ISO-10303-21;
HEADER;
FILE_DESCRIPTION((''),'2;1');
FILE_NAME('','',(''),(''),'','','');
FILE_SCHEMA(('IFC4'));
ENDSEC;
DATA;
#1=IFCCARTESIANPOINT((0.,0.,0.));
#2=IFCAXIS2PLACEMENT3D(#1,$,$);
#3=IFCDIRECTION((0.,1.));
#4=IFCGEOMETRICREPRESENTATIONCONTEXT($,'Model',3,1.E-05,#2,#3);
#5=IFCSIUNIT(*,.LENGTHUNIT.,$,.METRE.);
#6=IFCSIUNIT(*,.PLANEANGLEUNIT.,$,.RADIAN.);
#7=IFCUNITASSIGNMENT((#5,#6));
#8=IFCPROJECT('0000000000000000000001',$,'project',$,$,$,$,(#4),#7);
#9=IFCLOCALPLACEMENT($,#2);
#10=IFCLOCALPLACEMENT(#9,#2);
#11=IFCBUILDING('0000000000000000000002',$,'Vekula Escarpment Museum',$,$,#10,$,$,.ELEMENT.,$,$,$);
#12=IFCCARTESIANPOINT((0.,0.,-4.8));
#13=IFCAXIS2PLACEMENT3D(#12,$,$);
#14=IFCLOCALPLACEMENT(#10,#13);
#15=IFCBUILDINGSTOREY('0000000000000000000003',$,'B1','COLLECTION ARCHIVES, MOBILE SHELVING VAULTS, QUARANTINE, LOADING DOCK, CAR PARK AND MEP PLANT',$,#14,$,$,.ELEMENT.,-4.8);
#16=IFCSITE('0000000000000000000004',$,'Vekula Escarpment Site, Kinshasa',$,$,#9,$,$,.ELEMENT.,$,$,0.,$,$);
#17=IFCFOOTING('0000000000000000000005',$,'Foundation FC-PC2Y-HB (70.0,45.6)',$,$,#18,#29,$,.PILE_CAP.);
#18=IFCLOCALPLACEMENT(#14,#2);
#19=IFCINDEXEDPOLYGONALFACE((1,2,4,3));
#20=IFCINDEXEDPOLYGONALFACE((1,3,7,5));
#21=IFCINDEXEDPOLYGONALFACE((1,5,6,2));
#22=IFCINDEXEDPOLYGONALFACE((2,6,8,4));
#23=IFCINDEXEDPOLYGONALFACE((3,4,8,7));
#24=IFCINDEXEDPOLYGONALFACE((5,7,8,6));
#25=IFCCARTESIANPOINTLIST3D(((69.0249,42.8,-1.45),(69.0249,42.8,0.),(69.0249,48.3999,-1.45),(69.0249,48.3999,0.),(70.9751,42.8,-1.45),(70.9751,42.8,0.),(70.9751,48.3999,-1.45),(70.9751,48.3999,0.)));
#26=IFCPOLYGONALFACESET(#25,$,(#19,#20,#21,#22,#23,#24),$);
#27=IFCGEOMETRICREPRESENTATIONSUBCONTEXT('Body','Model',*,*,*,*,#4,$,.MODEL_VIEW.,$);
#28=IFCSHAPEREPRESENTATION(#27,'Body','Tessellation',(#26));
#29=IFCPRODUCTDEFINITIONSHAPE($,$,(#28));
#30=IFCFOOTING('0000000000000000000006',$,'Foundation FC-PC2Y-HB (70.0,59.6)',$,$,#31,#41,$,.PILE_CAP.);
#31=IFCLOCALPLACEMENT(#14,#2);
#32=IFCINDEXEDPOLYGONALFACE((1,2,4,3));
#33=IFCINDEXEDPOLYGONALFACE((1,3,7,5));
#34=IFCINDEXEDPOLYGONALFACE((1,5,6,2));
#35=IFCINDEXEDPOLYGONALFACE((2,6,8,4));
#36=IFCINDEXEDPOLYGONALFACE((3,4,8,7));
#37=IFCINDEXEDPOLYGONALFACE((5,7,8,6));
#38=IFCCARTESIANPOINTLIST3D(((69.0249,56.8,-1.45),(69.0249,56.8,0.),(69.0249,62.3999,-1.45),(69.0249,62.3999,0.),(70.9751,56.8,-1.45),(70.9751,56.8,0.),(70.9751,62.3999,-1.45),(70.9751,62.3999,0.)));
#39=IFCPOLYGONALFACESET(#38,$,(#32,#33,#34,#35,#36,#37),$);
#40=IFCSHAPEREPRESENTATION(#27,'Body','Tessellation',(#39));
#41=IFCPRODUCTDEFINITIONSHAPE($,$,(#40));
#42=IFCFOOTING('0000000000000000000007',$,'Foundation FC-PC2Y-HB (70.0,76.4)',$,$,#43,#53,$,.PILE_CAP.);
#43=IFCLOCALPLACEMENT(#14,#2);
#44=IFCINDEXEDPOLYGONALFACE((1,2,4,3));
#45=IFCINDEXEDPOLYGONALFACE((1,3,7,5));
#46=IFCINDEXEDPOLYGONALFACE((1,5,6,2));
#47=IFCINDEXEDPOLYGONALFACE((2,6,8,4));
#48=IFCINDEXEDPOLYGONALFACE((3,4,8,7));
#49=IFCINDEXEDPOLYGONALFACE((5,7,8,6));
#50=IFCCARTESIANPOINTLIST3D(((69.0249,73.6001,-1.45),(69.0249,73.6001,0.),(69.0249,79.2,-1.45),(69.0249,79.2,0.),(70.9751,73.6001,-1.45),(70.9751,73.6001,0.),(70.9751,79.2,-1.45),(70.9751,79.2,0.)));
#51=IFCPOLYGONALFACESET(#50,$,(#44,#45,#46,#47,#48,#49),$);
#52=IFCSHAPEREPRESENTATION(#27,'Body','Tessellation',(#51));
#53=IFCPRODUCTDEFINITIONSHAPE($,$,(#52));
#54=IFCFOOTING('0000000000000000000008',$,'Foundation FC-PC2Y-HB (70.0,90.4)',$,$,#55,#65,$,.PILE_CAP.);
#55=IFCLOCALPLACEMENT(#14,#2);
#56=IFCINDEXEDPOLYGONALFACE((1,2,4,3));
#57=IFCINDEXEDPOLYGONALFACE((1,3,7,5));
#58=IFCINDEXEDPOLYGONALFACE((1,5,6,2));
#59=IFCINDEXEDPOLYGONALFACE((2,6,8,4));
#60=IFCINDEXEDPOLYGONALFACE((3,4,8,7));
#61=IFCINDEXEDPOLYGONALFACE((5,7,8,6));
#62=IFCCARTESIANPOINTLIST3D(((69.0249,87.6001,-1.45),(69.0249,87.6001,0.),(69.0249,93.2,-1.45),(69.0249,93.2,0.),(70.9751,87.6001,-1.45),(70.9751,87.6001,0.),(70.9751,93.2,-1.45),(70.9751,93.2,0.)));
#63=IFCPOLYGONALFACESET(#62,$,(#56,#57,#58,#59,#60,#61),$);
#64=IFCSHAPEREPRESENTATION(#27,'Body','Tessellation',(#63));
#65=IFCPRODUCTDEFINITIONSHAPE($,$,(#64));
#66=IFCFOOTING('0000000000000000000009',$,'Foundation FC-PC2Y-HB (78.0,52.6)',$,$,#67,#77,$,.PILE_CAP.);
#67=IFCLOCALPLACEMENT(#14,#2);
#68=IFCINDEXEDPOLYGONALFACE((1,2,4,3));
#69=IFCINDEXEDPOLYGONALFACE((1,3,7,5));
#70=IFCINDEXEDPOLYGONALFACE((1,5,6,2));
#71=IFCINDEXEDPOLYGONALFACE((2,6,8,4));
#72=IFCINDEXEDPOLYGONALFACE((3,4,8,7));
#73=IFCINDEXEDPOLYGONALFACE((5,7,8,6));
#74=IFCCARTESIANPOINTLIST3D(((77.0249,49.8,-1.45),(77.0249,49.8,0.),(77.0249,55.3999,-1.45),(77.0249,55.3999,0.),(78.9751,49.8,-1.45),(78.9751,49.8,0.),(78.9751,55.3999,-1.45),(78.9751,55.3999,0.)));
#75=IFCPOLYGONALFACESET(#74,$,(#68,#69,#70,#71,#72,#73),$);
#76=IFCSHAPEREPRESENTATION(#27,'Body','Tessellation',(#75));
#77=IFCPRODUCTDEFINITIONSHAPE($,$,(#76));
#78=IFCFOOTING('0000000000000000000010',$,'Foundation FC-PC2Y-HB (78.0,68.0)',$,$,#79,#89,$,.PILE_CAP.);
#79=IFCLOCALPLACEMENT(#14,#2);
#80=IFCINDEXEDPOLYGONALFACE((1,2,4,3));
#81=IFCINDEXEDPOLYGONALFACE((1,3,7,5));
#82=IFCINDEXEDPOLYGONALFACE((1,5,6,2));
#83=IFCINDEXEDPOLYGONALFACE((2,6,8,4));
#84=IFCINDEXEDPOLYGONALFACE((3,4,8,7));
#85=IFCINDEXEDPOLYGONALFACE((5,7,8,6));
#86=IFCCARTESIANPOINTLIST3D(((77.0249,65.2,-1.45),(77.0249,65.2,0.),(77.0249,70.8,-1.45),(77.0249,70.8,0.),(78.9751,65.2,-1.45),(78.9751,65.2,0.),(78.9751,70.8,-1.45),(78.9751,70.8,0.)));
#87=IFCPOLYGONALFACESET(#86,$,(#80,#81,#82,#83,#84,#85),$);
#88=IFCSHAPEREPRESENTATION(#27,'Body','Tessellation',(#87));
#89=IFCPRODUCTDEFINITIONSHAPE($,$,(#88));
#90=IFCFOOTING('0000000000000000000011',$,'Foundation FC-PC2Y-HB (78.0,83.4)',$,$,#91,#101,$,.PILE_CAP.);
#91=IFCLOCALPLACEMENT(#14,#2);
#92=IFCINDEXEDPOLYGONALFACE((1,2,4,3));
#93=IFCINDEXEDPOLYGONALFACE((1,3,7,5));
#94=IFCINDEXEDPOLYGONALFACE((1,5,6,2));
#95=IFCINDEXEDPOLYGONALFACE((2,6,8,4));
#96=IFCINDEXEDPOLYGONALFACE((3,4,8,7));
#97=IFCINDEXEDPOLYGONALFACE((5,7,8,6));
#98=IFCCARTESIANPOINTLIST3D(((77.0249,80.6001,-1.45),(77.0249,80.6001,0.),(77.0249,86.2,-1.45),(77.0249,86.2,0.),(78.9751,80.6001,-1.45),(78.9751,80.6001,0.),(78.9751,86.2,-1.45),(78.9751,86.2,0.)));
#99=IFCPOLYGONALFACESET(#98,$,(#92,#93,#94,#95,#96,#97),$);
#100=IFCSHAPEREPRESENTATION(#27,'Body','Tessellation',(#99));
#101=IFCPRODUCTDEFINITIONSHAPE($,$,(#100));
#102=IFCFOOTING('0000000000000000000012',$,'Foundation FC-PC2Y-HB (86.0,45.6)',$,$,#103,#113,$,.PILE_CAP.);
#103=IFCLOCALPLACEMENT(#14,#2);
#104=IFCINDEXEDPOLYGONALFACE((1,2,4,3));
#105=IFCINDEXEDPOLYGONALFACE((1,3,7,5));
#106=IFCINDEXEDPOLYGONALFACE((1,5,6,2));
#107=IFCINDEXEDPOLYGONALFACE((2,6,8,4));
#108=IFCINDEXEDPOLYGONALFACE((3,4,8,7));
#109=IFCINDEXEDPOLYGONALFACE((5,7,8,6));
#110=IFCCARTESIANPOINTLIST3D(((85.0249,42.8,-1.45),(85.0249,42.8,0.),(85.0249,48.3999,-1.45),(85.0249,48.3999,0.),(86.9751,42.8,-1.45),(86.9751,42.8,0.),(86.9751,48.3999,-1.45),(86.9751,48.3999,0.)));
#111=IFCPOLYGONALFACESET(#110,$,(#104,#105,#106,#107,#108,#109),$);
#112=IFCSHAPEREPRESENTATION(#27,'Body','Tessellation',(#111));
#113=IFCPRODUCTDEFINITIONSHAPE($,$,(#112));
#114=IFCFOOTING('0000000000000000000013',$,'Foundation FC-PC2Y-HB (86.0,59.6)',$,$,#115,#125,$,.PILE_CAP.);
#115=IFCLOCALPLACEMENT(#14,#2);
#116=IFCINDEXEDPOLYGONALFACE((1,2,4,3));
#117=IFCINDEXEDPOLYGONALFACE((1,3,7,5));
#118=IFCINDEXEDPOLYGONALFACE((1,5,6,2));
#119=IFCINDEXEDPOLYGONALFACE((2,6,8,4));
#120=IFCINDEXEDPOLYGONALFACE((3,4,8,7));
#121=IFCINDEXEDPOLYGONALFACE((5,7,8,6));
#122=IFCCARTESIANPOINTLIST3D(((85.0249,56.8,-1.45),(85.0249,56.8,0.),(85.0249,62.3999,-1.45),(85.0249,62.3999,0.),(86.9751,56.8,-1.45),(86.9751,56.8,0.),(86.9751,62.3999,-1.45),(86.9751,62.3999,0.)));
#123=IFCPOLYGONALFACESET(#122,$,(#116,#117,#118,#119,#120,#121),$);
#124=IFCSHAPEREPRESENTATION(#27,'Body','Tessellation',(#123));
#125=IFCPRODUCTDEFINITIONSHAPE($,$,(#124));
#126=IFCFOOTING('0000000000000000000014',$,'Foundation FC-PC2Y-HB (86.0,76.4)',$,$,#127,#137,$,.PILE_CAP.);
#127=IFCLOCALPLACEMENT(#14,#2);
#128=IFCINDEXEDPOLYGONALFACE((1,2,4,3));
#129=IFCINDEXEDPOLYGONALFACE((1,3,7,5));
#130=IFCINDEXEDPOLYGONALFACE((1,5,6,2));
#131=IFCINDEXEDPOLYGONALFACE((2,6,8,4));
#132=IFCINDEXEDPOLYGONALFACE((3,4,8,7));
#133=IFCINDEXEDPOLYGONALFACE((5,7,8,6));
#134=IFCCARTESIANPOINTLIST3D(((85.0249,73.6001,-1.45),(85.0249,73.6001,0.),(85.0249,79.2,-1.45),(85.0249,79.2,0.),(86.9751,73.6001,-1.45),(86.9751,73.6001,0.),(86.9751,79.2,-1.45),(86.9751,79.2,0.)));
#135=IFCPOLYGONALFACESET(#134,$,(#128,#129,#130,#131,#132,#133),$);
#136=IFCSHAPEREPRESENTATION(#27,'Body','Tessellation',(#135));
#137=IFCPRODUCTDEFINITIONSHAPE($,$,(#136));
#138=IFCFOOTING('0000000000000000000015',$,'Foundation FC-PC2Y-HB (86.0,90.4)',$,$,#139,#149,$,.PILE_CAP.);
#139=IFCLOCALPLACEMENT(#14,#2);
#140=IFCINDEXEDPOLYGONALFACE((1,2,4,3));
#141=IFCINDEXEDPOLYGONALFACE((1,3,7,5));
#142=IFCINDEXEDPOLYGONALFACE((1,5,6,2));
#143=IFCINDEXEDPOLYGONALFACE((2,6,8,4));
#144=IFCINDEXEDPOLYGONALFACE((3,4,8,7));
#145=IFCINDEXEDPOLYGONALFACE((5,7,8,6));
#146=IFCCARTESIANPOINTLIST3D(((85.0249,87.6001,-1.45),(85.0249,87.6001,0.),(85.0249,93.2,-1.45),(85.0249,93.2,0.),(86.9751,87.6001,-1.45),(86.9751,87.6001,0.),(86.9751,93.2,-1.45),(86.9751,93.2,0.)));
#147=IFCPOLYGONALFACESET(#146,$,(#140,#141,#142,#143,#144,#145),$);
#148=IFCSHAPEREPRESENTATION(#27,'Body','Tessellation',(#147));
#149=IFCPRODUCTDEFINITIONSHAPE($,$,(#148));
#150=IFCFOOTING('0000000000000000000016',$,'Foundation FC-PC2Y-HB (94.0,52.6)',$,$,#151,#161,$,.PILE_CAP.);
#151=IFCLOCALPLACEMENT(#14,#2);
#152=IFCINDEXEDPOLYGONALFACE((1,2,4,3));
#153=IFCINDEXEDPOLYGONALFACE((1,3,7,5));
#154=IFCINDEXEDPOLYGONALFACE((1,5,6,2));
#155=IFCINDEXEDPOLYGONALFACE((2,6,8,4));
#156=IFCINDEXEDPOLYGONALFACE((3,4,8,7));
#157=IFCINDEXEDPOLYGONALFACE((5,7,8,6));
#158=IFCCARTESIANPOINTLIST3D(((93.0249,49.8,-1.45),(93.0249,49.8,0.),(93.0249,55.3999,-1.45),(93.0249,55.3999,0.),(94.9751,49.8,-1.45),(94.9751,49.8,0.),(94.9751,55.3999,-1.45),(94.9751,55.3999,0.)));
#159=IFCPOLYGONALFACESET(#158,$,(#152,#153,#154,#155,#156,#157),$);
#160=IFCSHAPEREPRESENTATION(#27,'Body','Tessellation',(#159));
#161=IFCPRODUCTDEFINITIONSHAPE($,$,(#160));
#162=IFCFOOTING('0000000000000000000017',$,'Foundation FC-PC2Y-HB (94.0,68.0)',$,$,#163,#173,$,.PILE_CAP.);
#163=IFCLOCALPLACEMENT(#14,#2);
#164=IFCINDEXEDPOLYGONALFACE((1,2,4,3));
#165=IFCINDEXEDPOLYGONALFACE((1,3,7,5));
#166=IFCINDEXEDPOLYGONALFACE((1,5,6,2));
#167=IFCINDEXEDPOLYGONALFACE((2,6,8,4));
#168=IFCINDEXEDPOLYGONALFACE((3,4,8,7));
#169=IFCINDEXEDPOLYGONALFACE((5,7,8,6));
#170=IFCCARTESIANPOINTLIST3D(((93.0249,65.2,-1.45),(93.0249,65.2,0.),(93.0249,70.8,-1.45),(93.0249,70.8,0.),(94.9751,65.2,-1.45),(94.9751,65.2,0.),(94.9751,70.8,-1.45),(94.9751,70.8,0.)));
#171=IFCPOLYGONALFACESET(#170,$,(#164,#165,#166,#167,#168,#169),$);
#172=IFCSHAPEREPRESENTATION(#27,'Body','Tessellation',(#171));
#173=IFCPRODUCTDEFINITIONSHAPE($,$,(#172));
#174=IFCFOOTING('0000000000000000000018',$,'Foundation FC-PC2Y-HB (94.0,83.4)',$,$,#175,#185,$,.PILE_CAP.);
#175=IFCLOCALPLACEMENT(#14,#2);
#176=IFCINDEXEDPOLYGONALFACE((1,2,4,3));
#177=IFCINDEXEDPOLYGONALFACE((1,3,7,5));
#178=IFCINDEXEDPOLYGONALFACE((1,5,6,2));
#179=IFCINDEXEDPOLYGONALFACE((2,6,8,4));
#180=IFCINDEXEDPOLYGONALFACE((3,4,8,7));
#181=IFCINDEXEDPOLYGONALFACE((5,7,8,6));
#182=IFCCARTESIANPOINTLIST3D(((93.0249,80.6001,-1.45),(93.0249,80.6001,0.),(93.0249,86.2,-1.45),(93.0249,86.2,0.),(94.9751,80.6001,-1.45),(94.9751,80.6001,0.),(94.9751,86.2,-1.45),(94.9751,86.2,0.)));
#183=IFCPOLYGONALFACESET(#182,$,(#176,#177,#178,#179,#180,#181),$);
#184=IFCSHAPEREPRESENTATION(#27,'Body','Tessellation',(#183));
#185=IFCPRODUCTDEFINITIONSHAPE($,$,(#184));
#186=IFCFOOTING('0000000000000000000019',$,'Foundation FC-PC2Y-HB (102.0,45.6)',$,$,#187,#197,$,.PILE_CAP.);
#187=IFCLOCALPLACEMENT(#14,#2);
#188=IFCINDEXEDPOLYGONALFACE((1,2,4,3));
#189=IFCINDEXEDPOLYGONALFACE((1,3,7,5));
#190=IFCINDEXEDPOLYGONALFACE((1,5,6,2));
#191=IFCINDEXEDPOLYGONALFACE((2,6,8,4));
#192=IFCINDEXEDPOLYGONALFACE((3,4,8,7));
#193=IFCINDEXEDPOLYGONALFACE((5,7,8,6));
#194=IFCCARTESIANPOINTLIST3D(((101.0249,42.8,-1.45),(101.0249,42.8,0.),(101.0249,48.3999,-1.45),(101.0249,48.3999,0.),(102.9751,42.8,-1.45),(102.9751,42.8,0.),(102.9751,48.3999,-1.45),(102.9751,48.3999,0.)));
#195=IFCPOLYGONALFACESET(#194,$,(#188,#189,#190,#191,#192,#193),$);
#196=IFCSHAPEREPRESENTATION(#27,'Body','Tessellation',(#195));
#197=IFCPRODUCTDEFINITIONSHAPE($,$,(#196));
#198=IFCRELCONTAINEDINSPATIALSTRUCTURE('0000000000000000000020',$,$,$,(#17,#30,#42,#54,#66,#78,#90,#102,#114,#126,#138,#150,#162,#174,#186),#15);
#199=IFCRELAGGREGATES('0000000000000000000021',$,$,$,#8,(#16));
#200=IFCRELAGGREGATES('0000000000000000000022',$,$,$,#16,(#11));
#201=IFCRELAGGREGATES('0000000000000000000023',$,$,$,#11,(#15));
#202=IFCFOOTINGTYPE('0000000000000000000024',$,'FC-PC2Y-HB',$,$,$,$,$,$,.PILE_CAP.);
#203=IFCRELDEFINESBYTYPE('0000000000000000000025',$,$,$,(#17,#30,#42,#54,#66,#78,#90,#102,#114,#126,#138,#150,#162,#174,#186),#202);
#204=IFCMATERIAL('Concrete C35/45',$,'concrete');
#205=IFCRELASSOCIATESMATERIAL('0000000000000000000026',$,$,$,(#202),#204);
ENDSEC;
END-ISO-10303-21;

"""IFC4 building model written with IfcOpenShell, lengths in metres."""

from ifc_helpers import new_model, si_unit, direction, frame, origin, place, context, subcontext, project, spatial, polyline, outline, extrude, material, type_object, element, save


model = new_model("IFC4")

# Units and contexts
model_context = context("Model", 3, precision=1e-05, world=origin(), true_north=direction((0.0, 1.0)))
body_context = subcontext(model_context, "Body", "Model", "MODEL_VIEW")
ifc_project = project(units=[si_unit("LENGTHUNIT", "METRE"), si_unit("PLANEANGLEUNIT", "RADIAN")], contexts=[model_context])

# Site, building, storey
site_placement = place(None, origin())
site = spatial("IfcSite", under=ifc_project, at=site_placement, Name="Vekula Escarpment Site, Kinshasa", CompositionType="ELEMENT", RefElevation=0.0)
building_placement = place(site_placement, origin())
building = spatial("IfcBuilding", under=site, at=building_placement, Name="Vekula Escarpment Museum", CompositionType="ELEMENT")
storey_placement = place(building_placement, frame((0.0, 0.0, -4.8)))
storey = spatial("IfcBuildingStorey", under=building, at=storey_placement, Name="B1", Description="COLLECTION ARCHIVES, MOBILE SHELVING VAULTS, QUARANTINE, LOADING DOCK, CAR PARK AND MEP PLANT", CompositionType="ELEMENT", Elevation=-4.8)

# Footings
ifc_material = material(Name="Concrete C35/45", Category="concrete")
footing_type = type_object("IfcFootingType", Name="FC-PC2Y-HB", PredefinedType="PILE_CAP", material=ifc_material)
footing_1_placement = place(storey_placement, frame((0.0, 0.0, -1.45)))
element("IfcFooting", 1, at=footing_1_placement, inside=storey, type_object=footing_type, Name="Foundation FC-PC2Y-HB (70.0,45.6)", PredefinedType="PILE_CAP", context=body_context, shape_type="SweptSolid", body=[
    extrude(outline(polyline([(69.0249, 42.8), (70.9751, 42.8), (70.9751, 48.3999), (69.0249, 48.3999), (69.0249, 42.8)])), origin(), (0.0, 0.0, 1.0), 1.45),
])
footing_2_placement = place(storey_placement, frame((0.0, 0.0, -1.45)))
element("IfcFooting", 2, at=footing_2_placement, inside=storey, type_object=footing_type, Name="Foundation FC-PC2Y-HB (70.0,59.6)", PredefinedType="PILE_CAP", context=body_context, shape_type="SweptSolid", body=[
    extrude(outline(polyline([(69.0249, 56.8), (70.9751, 56.8), (70.9751, 62.3999), (69.0249, 62.3999), (69.0249, 56.8)])), origin(), (0.0, 0.0, 1.0), 1.45),
])
footing_3_placement = place(storey_placement, frame((0.0, 0.0, -1.45)))
element("IfcFooting", 3, at=footing_3_placement, inside=storey, type_object=footing_type, Name="Foundation FC-PC2Y-HB (70.0,76.4)", PredefinedType="PILE_CAP", context=body_context, shape_type="SweptSolid", body=[
    extrude(outline(polyline([(69.0249, 73.6001), (70.9751, 73.6001), (70.9751, 79.2), (69.0249, 79.2), (69.0249, 73.6001)])), origin(), (0.0, 0.0, 1.0), 1.45),
])
footing_4_placement = place(storey_placement, frame((0.0, 0.0, -1.45)))
element("IfcFooting", 4, at=footing_4_placement, inside=storey, type_object=footing_type, Name="Foundation FC-PC2Y-HB (70.0,90.4)", PredefinedType="PILE_CAP", context=body_context, shape_type="SweptSolid", body=[
    extrude(outline(polyline([(69.0249, 87.6001), (70.9751, 87.6001), (70.9751, 93.2), (69.0249, 93.2), (69.0249, 87.6001)])), origin(), (0.0, 0.0, 1.0), 1.45),
])
footing_5_placement = place(storey_placement, frame((0.0, 0.0, -1.45)))
element("IfcFooting", 5, at=footing_5_placement, inside=storey, type_object=footing_type, Name="Foundation FC-PC2Y-HB (78.0,52.6)", PredefinedType="PILE_CAP", context=body_context, shape_type="SweptSolid", body=[
    extrude(outline(polyline([(77.0249, 49.8), (78.9751, 49.8), (78.9751, 55.3999), (77.0249, 55.3999), (77.0249, 49.8)])), origin(), (0.0, 0.0, 1.0), 1.45),
])
footing_6_placement = place(storey_placement, frame((0.0, 0.0, -1.45)))
element("IfcFooting", 6, at=footing_6_placement, inside=storey, type_object=footing_type, Name="Foundation FC-PC2Y-HB (78.0,68.0)", PredefinedType="PILE_CAP", context=body_context, shape_type="SweptSolid", body=[
    extrude(outline(polyline([(77.0249, 65.2), (78.9751, 65.2), (78.9751, 70.8), (77.0249, 70.8), (77.0249, 65.2)])), origin(), (0.0, 0.0, 1.0), 1.45),
])
footing_7_placement = place(storey_placement, frame((0.0, 0.0, -1.45)))
element("IfcFooting", 7, at=footing_7_placement, inside=storey, type_object=footing_type, Name="Foundation FC-PC2Y-HB (78.0,83.4)", PredefinedType="PILE_CAP", context=body_context, shape_type="SweptSolid", body=[
    extrude(outline(polyline([(77.0249, 80.6001), (78.9751, 80.6001), (78.9751, 86.2), (77.0249, 86.2), (77.0249, 80.6001)])), origin(), (0.0, 0.0, 1.0), 1.45),
])
footing_8_placement = place(storey_placement, frame((0.0, 0.0, -1.45)))
element("IfcFooting", 8, at=footing_8_placement, inside=storey, type_object=footing_type, Name="Foundation FC-PC2Y-HB (86.0,45.6)", PredefinedType="PILE_CAP", context=body_context, shape_type="SweptSolid", body=[
    extrude(outline(polyline([(85.0249, 42.8), (86.9751, 42.8), (86.9751, 48.3999), (85.0249, 48.3999), (85.0249, 42.8)])), origin(), (0.0, 0.0, 1.0), 1.45),
])
footing_9_placement = place(storey_placement, frame((0.0, 0.0, -1.45)))
element("IfcFooting", 9, at=footing_9_placement, inside=storey, type_object=footing_type, Name="Foundation FC-PC2Y-HB (86.0,59.6)", PredefinedType="PILE_CAP", context=body_context, shape_type="SweptSolid", body=[
    extrude(outline(polyline([(85.0249, 56.8), (86.9751, 56.8), (86.9751, 62.3999), (85.0249, 62.3999), (85.0249, 56.8)])), origin(), (0.0, 0.0, 1.0), 1.45),
])
footing_10_placement = place(storey_placement, frame((0.0, 0.0, -1.45)))
element("IfcFooting", 10, at=footing_10_placement, inside=storey, type_object=footing_type, Name="Foundation FC-PC2Y-HB (86.0,76.4)", PredefinedType="PILE_CAP", context=body_context, shape_type="SweptSolid", body=[
    extrude(outline(polyline([(85.0249, 73.6001), (86.9751, 73.6001), (86.9751, 79.2), (85.0249, 79.2), (85.0249, 73.6001)])), origin(), (0.0, 0.0, 1.0), 1.45),
])
footing_11_placement = place(storey_placement, frame((0.0, 0.0, -1.45)))
element("IfcFooting", 11, at=footing_11_placement, inside=storey, type_object=footing_type, Name="Foundation FC-PC2Y-HB (86.0,90.4)", PredefinedType="PILE_CAP", context=body_context, shape_type="SweptSolid", body=[
    extrude(outline(polyline([(85.0249, 87.6001), (86.9751, 87.6001), (86.9751, 93.2), (85.0249, 93.2), (85.0249, 87.6001)])), origin(), (0.0, 0.0, 1.0), 1.45),
])
footing_12_placement = place(storey_placement, frame((0.0, 0.0, -1.45)))
element("IfcFooting", 12, at=footing_12_placement, inside=storey, type_object=footing_type, Name="Foundation FC-PC2Y-HB (94.0,52.6)", PredefinedType="PILE_CAP", context=body_context, shape_type="SweptSolid", body=[
    extrude(outline(polyline([(93.0249, 49.8), (94.9751, 49.8), (94.9751, 55.3999), (93.0249, 55.3999), (93.0249, 49.8)])), origin(), (0.0, 0.0, 1.0), 1.45),
])
footing_13_placement = place(storey_placement, frame((0.0, 0.0, -1.45)))
element("IfcFooting", 13, at=footing_13_placement, inside=storey, type_object=footing_type, Name="Foundation FC-PC2Y-HB (94.0,68.0)", PredefinedType="PILE_CAP", context=body_context, shape_type="SweptSolid", body=[
    extrude(outline(polyline([(93.0249, 65.2), (94.9751, 65.2), (94.9751, 70.8), (93.0249, 70.8), (93.0249, 65.2)])), origin(), (0.0, 0.0, 1.0), 1.45),
])
footing_14_placement = place(storey_placement, frame((0.0, 0.0, -1.45)))
element("IfcFooting", 14, at=footing_14_placement, inside=storey, type_object=footing_type, Name="Foundation FC-PC2Y-HB (94.0,83.4)", PredefinedType="PILE_CAP", context=body_context, shape_type="SweptSolid", body=[
    extrude(outline(polyline([(93.0249, 80.6001), (94.9751, 80.6001), (94.9751, 86.2), (93.0249, 86.2), (93.0249, 80.6001)])), origin(), (0.0, 0.0, 1.0), 1.45),
])
footing_15_placement = place(storey_placement, frame((0.0, 0.0, -1.45)))
element("IfcFooting", 15, at=footing_15_placement, inside=storey, type_object=footing_type, Name="Foundation FC-PC2Y-HB (102.0,45.6)", PredefinedType="PILE_CAP", context=body_context, shape_type="SweptSolid", body=[
    extrude(outline(polyline([(101.0249, 42.8), (102.9751, 42.8), (102.9751, 48.3999), (101.0249, 48.3999), (101.0249, 42.8)])), origin(), (0.0, 0.0, 1.0), 1.45),
])

save(model, "model.ifc")
